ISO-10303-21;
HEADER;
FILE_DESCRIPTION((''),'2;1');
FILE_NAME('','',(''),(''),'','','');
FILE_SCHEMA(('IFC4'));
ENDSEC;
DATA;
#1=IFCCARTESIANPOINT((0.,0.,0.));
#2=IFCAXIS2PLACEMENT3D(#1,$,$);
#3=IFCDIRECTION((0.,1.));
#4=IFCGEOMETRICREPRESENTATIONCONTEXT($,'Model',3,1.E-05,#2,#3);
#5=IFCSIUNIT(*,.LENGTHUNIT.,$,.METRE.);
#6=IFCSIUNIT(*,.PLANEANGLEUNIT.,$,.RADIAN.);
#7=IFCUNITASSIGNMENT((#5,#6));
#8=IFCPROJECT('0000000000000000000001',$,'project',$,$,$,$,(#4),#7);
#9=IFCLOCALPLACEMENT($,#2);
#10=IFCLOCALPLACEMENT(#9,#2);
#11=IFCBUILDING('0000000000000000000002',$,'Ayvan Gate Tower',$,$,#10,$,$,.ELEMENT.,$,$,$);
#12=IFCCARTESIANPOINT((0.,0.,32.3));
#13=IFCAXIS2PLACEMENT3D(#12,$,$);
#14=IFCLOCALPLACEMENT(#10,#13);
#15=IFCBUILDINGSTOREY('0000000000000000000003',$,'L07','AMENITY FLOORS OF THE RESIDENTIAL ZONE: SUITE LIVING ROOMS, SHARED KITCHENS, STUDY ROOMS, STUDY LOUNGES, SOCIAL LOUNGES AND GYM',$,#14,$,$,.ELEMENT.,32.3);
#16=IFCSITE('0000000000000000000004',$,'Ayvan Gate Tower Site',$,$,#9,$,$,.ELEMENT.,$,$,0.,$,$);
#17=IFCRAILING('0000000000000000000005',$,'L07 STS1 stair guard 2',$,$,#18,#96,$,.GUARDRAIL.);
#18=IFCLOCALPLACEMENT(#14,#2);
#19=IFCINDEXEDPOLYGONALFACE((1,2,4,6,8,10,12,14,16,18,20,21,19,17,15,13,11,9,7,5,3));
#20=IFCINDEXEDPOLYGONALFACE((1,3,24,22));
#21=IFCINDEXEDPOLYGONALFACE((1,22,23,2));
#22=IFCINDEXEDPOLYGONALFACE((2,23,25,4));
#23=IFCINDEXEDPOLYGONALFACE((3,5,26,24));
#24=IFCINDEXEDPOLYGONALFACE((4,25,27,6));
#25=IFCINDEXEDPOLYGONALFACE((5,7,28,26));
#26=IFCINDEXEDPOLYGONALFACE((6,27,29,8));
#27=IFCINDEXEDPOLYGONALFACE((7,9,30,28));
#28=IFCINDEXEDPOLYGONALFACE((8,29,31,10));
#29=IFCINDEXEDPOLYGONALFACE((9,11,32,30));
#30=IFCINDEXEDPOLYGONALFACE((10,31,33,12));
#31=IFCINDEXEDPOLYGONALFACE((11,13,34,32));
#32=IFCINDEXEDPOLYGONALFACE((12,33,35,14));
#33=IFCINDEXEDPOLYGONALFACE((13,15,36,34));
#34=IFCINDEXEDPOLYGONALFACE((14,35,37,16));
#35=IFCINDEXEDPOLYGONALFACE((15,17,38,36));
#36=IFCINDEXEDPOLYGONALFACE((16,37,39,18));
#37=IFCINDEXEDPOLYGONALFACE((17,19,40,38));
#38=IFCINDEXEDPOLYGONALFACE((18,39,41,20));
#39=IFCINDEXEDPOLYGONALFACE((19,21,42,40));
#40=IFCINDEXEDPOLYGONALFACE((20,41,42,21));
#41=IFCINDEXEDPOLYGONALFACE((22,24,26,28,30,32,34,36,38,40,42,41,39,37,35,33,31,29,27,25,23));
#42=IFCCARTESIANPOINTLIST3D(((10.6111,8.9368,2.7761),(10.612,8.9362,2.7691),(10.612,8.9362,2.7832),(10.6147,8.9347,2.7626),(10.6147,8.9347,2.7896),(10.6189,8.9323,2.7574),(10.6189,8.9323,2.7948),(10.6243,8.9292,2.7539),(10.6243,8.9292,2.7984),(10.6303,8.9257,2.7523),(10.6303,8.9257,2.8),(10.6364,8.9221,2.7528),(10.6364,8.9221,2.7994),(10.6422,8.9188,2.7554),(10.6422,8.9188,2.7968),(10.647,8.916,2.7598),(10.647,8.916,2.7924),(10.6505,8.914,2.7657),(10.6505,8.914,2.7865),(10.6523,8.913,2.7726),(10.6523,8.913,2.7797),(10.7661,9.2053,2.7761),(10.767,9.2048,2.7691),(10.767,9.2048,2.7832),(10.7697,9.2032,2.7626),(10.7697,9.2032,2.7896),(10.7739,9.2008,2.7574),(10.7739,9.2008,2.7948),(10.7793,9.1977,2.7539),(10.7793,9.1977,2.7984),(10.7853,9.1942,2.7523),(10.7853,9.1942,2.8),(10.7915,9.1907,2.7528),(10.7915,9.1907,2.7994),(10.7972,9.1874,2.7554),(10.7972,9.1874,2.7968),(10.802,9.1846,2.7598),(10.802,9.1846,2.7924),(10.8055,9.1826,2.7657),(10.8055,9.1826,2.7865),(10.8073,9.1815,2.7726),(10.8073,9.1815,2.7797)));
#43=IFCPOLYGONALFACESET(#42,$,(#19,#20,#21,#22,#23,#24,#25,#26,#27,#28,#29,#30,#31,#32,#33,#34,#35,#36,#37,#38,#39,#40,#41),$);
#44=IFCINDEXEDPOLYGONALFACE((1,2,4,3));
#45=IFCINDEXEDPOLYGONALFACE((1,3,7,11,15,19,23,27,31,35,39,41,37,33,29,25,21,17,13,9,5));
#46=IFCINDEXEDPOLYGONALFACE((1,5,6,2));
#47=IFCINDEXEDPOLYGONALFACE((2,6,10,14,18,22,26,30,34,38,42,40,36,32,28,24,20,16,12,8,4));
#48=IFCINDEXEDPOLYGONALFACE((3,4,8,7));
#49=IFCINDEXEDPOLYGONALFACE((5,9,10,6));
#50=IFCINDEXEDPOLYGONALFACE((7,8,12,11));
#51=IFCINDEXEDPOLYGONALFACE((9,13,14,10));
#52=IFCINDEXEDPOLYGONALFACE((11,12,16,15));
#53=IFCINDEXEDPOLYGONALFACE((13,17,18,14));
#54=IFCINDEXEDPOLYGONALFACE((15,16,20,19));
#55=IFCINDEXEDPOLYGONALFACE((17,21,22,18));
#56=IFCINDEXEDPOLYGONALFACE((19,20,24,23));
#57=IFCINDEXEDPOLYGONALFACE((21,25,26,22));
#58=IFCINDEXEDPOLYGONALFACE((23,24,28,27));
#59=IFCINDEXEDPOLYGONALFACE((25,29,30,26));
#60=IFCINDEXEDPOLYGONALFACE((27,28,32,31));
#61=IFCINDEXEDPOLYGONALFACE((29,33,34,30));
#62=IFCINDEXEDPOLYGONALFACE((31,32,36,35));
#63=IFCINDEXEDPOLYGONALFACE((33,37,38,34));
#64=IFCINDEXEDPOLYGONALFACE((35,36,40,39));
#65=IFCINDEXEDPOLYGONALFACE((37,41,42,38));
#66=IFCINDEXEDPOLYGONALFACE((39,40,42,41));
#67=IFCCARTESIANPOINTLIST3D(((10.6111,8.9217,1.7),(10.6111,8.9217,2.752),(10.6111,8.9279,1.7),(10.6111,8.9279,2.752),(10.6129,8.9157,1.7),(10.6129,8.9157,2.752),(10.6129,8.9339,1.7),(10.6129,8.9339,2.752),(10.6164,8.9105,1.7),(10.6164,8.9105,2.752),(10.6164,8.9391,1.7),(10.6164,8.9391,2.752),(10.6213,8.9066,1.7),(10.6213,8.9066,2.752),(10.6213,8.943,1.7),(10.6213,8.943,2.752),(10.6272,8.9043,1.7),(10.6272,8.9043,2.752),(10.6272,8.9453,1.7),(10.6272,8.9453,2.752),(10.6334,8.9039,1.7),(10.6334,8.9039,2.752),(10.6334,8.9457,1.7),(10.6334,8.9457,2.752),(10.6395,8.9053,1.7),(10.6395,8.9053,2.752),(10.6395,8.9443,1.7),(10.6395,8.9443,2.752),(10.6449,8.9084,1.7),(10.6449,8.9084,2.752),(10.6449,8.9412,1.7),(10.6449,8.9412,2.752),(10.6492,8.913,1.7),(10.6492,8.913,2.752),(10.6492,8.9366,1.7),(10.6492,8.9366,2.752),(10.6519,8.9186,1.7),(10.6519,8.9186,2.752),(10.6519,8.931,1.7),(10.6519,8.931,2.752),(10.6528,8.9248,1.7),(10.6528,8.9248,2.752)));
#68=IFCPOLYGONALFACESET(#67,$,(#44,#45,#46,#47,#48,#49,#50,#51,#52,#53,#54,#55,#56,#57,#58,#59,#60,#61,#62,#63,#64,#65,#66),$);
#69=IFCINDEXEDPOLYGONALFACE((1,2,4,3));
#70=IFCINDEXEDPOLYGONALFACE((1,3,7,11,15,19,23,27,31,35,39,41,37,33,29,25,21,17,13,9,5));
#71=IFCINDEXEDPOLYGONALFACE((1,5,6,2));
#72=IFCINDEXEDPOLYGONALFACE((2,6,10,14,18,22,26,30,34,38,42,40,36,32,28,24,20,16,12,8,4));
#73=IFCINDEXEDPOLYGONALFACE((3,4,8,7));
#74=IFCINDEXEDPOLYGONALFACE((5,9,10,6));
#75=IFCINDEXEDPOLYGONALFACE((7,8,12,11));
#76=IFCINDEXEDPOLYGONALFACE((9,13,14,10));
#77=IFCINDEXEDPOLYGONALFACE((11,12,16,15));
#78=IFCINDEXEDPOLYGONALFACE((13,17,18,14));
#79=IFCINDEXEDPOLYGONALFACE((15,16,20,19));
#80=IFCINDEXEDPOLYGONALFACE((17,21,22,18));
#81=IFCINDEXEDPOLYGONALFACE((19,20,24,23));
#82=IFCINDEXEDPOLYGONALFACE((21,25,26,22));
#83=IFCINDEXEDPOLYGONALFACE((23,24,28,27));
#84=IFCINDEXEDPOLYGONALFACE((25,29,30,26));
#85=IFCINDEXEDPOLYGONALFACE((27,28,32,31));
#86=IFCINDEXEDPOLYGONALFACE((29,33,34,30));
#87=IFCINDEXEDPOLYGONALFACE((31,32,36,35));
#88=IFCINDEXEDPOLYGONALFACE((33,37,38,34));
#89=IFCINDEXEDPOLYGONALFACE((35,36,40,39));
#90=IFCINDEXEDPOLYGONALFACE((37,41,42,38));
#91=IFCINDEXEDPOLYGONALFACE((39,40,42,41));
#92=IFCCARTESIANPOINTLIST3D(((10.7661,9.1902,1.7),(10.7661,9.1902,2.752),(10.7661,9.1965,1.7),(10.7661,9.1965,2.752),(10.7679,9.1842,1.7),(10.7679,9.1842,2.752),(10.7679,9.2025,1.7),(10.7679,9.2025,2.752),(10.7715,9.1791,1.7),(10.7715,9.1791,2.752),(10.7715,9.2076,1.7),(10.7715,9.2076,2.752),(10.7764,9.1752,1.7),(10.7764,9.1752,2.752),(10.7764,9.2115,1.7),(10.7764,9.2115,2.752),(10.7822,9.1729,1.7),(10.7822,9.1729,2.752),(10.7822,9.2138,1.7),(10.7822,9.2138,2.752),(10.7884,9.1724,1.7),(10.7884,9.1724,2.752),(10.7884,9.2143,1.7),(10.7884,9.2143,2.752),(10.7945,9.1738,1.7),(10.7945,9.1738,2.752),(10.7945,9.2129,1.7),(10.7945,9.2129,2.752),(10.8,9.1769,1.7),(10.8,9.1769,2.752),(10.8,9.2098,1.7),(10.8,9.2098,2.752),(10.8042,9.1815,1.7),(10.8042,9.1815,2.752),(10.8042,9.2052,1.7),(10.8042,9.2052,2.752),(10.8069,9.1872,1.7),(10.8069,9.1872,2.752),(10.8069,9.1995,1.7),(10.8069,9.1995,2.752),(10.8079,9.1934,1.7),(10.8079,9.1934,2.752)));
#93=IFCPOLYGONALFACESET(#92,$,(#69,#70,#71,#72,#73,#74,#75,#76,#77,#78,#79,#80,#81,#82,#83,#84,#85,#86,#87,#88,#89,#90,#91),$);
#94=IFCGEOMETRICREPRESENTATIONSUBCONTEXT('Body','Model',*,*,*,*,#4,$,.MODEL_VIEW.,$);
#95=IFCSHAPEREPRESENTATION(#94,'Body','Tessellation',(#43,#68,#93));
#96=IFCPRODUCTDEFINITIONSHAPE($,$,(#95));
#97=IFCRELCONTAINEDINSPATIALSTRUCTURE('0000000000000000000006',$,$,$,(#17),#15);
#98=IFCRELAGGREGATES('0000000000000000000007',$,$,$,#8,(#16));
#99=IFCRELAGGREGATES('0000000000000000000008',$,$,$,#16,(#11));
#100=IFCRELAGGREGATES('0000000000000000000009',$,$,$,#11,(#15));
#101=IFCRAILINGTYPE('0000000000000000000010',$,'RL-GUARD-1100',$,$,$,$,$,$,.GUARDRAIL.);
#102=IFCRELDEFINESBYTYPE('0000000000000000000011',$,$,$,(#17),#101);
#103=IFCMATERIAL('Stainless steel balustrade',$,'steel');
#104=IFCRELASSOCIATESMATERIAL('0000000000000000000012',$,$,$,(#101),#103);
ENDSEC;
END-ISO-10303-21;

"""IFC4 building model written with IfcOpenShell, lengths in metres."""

from ifc_helpers import new_model, si_unit, direction, frame, origin, origin_2d, place, context, subcontext, project, spatial, circle, extrude, material, type_object, element, save


model = new_model("IFC4")

# Units and contexts
model_context = context("Model", 3, precision=1e-05, world=origin(), true_north=direction((0.0, 1.0)))
body_context = subcontext(model_context, "Body", "Model", "MODEL_VIEW")
ifc_project = project(units=[si_unit("LENGTHUNIT", "METRE"), si_unit("PLANEANGLEUNIT", "RADIAN")], contexts=[model_context])

# Site, building, storey
site_placement = place(None, origin())
site = spatial("IfcSite", under=ifc_project, at=site_placement, Name="Ayvan Gate Tower Site", CompositionType="ELEMENT", RefElevation=0.0)
building_placement = place(site_placement, origin())
building = spatial("IfcBuilding", under=site, at=building_placement, Name="Ayvan Gate Tower", CompositionType="ELEMENT")
storey_placement = place(building_placement, frame((0.0, 0.0, 32.3)))
storey = spatial("IfcBuildingStorey", under=building, at=storey_placement, Name="L07", Description="AMENITY FLOORS OF THE RESIDENTIAL ZONE: SUITE LIVING ROOMS, SHARED KITCHENS, STUDY ROOMS, STUDY LOUNGES, SOCIAL LOUNGES AND GYM", CompositionType="ELEMENT", Elevation=32.3)

# Railing
ifc_material_1 = material(Name="Stainless steel balustrade", Category="steel")
railing_type_1 = type_object("IfcRailingType", Name="RL-GUARD-1100", PredefinedType="GUARDRAIL", material=ifc_material_1)
railing_1_placement = place(storey_placement, frame((10.6318, 8.9248, 1.7)))
element("IfcRailing", 1, at=railing_1_placement, inside=storey, type_object=railing_type_1, Name="L07 STS1 stair guard 2", PredefinedType="GUARDRAIL", context=body_context, shape_type="SweptSolid", body=[
    extrude(circle(Radius=0.0239, at=origin_2d()), frame((0.0, 0.0, 1.0762), z_axis=(0.49995, 0.866054, 0.0), x_axis=(-0.866054, 0.49995, 0.0)), (0.0, 0.0, 1.0), 0.3101),
    extrude(circle(Radius=0.021, at=origin_2d()), origin(), (0.0, 0.0, 1.0), 1.052),
    extrude(circle(Radius=0.021, at=origin_2d()), frame((0.155, 0.2686, 0.0)), (0.0, 0.0, 1.0), 1.052),
])

save(model, "model.ifc")
